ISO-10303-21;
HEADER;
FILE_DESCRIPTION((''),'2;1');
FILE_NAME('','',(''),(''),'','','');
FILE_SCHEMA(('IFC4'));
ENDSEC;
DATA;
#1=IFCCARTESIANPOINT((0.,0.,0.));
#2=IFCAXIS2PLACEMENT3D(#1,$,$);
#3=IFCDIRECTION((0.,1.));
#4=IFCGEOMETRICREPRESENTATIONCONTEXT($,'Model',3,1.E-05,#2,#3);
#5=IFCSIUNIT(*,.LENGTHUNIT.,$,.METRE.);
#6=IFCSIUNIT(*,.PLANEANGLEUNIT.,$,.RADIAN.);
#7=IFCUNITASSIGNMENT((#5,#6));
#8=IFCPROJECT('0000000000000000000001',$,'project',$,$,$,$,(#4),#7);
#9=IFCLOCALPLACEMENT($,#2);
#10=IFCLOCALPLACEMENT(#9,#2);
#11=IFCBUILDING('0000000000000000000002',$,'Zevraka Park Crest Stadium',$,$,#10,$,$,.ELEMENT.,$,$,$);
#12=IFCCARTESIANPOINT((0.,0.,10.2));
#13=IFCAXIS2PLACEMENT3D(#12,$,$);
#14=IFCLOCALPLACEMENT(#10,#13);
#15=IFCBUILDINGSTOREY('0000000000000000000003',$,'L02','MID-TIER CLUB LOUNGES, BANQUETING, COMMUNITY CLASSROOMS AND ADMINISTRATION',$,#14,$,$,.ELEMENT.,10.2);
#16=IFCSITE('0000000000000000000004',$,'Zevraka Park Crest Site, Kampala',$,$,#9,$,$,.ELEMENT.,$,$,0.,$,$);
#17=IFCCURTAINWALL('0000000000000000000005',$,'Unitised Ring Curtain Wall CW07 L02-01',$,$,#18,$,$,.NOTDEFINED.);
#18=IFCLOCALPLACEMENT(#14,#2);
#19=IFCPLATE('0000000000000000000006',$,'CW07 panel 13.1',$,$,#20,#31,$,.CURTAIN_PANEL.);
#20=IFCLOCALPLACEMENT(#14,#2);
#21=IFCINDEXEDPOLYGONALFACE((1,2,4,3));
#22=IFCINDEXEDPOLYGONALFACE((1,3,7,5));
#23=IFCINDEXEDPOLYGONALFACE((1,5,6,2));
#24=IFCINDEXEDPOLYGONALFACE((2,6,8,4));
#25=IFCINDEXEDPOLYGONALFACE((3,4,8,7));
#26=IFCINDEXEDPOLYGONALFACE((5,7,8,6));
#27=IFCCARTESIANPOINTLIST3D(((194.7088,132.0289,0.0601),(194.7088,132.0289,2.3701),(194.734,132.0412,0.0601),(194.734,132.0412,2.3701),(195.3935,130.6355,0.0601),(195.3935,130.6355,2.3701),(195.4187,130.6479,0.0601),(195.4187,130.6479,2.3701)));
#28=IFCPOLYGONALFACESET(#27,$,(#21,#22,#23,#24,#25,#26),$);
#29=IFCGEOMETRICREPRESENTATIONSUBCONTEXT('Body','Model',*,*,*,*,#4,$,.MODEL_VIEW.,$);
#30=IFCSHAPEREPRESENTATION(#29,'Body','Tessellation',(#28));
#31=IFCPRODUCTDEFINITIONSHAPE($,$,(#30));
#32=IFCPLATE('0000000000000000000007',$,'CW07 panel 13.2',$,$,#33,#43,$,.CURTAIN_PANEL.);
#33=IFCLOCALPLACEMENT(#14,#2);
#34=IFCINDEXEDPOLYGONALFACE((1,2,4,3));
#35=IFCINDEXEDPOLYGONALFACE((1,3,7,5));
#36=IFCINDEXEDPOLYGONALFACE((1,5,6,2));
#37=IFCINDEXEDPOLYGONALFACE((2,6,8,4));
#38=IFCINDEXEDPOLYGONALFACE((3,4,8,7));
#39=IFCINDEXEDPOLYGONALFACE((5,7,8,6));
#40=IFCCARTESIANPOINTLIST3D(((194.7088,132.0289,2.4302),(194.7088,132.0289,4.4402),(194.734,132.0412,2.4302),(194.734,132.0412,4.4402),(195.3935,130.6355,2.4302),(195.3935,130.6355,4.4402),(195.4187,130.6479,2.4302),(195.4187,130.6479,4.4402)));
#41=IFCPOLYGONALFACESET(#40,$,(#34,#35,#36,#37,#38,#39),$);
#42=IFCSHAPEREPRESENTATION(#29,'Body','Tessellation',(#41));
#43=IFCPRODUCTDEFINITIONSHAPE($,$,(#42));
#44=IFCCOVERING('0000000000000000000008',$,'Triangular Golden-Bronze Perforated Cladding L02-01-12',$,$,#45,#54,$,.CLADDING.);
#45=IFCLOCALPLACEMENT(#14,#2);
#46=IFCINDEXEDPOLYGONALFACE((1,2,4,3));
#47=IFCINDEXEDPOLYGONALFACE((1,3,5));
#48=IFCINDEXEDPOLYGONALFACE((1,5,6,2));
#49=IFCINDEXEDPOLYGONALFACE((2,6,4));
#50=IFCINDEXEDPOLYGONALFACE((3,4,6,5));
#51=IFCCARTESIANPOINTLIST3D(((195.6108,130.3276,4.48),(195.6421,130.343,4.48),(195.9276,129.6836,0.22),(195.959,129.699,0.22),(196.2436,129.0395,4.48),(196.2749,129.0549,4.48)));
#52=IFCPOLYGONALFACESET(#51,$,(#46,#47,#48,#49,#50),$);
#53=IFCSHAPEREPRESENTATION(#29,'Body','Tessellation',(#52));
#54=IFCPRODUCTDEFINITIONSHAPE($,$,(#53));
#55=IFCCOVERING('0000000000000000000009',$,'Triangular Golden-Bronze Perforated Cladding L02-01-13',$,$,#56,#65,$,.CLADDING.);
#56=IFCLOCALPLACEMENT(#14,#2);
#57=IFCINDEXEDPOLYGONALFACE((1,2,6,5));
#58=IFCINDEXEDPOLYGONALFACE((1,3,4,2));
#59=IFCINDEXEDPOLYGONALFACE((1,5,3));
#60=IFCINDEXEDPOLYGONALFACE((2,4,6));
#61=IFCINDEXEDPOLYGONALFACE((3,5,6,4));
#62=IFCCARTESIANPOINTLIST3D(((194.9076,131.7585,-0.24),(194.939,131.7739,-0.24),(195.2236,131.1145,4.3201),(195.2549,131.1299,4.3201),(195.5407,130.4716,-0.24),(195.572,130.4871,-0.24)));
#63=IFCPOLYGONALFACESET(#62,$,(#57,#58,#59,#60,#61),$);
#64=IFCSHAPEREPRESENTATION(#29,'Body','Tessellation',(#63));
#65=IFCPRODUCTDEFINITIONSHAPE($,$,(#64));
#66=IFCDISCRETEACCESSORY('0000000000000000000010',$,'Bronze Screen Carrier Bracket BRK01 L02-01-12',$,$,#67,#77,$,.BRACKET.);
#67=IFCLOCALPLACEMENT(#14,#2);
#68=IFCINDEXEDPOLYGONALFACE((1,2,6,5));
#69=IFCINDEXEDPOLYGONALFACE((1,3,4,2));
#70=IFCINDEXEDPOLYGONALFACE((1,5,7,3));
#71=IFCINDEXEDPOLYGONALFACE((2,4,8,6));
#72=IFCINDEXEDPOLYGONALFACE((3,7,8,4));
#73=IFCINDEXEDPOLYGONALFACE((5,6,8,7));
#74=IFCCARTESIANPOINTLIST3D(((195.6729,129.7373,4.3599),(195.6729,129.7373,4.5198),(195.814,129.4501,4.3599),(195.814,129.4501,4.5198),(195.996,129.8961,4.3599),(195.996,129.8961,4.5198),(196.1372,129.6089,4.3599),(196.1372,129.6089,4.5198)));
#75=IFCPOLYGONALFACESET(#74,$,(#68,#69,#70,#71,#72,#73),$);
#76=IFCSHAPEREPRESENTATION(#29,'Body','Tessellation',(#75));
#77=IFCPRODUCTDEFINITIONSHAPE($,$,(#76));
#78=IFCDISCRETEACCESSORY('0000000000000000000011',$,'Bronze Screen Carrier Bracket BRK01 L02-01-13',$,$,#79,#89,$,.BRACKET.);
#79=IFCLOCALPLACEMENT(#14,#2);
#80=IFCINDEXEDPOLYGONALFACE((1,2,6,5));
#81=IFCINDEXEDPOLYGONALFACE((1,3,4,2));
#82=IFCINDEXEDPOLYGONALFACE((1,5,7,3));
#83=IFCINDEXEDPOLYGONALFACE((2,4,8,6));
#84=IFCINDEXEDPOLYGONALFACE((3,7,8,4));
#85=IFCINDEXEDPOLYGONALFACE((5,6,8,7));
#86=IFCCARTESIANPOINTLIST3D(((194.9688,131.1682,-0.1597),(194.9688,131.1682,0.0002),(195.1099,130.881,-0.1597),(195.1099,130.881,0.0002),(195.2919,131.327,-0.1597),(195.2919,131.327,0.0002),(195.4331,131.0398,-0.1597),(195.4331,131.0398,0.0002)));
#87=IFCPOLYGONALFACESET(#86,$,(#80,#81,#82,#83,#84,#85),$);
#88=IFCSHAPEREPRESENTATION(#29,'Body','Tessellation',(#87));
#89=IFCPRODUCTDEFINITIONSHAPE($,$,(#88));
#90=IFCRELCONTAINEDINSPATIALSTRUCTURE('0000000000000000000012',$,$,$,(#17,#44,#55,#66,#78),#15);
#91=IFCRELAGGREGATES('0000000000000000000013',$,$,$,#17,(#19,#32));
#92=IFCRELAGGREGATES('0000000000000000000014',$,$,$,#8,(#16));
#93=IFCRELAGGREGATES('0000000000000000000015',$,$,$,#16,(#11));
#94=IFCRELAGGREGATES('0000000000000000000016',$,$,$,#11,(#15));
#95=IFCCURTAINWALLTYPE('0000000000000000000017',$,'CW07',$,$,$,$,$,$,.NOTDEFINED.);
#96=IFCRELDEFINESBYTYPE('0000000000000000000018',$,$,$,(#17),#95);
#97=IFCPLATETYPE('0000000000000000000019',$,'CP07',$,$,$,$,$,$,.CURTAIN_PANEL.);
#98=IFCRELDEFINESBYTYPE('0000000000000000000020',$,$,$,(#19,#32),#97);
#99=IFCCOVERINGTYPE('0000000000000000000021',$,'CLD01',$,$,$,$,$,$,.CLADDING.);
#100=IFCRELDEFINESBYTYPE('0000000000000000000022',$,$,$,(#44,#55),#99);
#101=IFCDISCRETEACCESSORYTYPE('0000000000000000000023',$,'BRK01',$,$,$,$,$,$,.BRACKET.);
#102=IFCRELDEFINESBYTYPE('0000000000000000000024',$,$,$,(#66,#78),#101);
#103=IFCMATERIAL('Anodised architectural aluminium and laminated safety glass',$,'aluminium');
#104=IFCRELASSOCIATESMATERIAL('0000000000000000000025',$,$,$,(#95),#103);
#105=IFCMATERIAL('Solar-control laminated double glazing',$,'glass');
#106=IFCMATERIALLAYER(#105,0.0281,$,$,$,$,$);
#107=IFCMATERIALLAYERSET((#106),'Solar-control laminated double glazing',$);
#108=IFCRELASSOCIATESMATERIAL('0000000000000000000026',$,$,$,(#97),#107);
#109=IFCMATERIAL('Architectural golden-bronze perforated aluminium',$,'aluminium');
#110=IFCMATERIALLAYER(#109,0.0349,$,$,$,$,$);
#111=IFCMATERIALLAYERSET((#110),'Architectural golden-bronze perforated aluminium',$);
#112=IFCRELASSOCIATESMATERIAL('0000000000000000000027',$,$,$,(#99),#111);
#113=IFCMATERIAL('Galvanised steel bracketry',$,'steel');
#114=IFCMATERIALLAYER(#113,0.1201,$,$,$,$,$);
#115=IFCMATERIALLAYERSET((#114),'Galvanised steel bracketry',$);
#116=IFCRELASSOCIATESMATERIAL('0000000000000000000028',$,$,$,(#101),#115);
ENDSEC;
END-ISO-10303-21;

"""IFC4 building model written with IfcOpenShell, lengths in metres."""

from ifc_helpers import new_model, si_unit, direction, frame, origin, origin_2d, place, context, subcontext, project, spatial, polyline, rectangle, outline, extrude, material, layer, layer_set, type_object, element, aggregate, save


model = new_model("IFC4")

# Units and contexts
model_context = context("Model", 3, precision=1e-05, world=origin(), true_north=direction((0.0, 1.0)))
body_context = subcontext(model_context, "Body", "Model", "MODEL_VIEW")
ifc_project = project(units=[si_unit("LENGTHUNIT", "METRE"), si_unit("PLANEANGLEUNIT", "RADIAN")], contexts=[model_context])

# Site, building, storey
site_placement = place(None, origin())
site = spatial("IfcSite", under=ifc_project, at=site_placement, Name="Zevraka Park Crest Site, Kampala", CompositionType="ELEMENT", RefElevation=0.0)
building_placement = place(site_placement, origin())
building = spatial("IfcBuilding", under=site, at=building_placement, Name="Zevraka Park Crest Stadium", CompositionType="ELEMENT")
storey_placement = place(building_placement, frame((0.0, 0.0, 10.2)))
storey = spatial("IfcBuildingStorey", under=building, at=storey_placement, Name="L02", Description="MID-TIER CLUB LOUNGES, BANQUETING, COMMUNITY CLASSROOMS AND ADMINISTRATION", CompositionType="ELEMENT", Elevation=10.2)

# Curtain wall
ifc_material_1 = material(Name="Anodised architectural aluminium and laminated safety glass", Category="aluminium")
curtain_wall_type_1 = type_object("IfcCurtainWallType", Name="CW07", PredefinedType="NOTDEFINED", material=ifc_material_1)
curtain_wall_1_placement = place(storey_placement, origin())
curtain_wall_1 = element("IfcCurtainWall", 1, at=curtain_wall_1_placement, inside=storey, type_object=curtain_wall_type_1, Name="Unitised Ring Curtain Wall CW07 L02-01", PredefinedType="NOTDEFINED")

# Plates
ifc_material_2 = material(Name="Solar-control laminated double glazing", Category="glass")
ifc_layer_1 = layer(ifc_material_2, 0.0281)
ifc_layer_set_1 = layer_set([ifc_layer_1], Name="Solar-control laminated double glazing")
plate_type = type_object("IfcPlateType", Name="CP07", PredefinedType="CURTAIN_PANEL", material=ifc_layer_set_1)
plate_1_placement = place(storey_placement, frame((195.0637, 131.3384, 0.0601), z_axis=(0.0, 0.0, 1.0), x_axis=(-0.441021, 0.897497, 0.0)))
plate_1 = element("IfcPlate", 2, at=plate_1_placement, type_object=plate_type, Name="CW07 panel 13.1", PredefinedType="CURTAIN_PANEL", context=body_context, shape_type="SweptSolid", body=[
    extrude(rectangle(XDim=1.5525, YDim=0.0281, at=origin_2d()), origin(), (0.0, 0.0, 1.0), 2.3101),
])
plate_2_placement = place(storey_placement, frame((195.0637, 131.3384, 2.4302), z_axis=(0.0, 0.0, 1.0), x_axis=(-0.441021, 0.897497, 0.0)))
plate_2 = element("IfcPlate", 3, at=plate_2_placement, type_object=plate_type, Name="CW07 panel 13.2", PredefinedType="CURTAIN_PANEL", context=body_context, shape_type="SweptSolid", body=[
    extrude(rectangle(XDim=1.5525, YDim=0.0281, at=origin_2d()), origin(), (0.0, 0.0, 1.0), 2.01),
])
aggregate(curtain_wall_1, [plate_1, plate_2])

# Coverings
ifc_material_3 = material(Name="Architectural golden-bronze perforated aluminium", Category="aluminium")
ifc_layer_2 = layer(ifc_material_3, 0.0349)
ifc_layer_set_2 = layer_set([ifc_layer_2], Name="Architectural golden-bronze perforated aluminium")
covering_type = type_object("IfcCoveringType", Name="CLD01", PredefinedType="CLADDING", material=ifc_layer_set_2)
covering_1_placement = place(storey_placement, frame((195.6421, 130.343, 4.48), z_axis=(0.897535, 0.440942, 0.000103), x_axis=(0.440942, -0.897535, 0.0)))
element("IfcCovering", 4, at=covering_1_placement, inside=storey, type_object=covering_type, Name="Triangular Golden-Bronze Perforated Cladding L02-01-12", PredefinedType="CLADDING", context=body_context, shape_type="SweptSolid", body=[
    extrude(outline(polyline([(0.0, 0.0), (1.4351, 0.0), (0.7178, 4.26), (0.0, 0.0)])), origin(), (0.0, 0.0, -1.0), 0.0349),
])
covering_2_placement = place(storey_placement, frame((195.572, 130.4871, -0.24), z_axis=(0.897302, 0.441416, 0.000179), x_axis=(-0.441416, 0.897302, 0.0)))
element("IfcCovering", 5, at=covering_2_placement, inside=storey, type_object=covering_type, Name="Triangular Golden-Bronze Perforated Cladding L02-01-13", PredefinedType="CLADDING", context=body_context, shape_type="SweptSolid", body=[
    extrude(outline(polyline([(0.0, 0.0), (1.4341, 0.0), (0.7168, 4.5601), (0.0, 0.0)])), origin(), (0.0, 0.0, -1.0), 0.0349),
])

# Discrete accessories
ifc_material_4 = material(Name="Galvanised steel bracketry", Category="steel")
ifc_layer_3 = layer(ifc_material_4, 0.1201)
ifc_layer_set_3 = layer_set([ifc_layer_3], Name="Galvanised steel bracketry")
discrete_accessory_type = type_object("IfcDiscreteAccessoryType", Name="BRK01", PredefinedType="BRACKET", material=ifc_layer_set_3)
for number, where, z_axis, x_axis, name in (
    (6, (195.905, 129.6731, 4.3599), (0.0, 0.0, 1.0), (-0.441036, 0.897489, 0.0), "Bronze Screen Carrier Bracket BRK01 L02-01-12"),
    (7, (195.2009, 131.104, -0.1597), (0.0, 0.0, 1.0), (-0.441036, 0.897489, 0.0), "Bronze Screen Carrier Bracket BRK01 L02-01-13"),
):
    element("IfcDiscreteAccessory", number, at=place(storey_placement, frame(where, z_axis=z_axis, x_axis=x_axis)), inside=storey, type_object=discrete_accessory_type, Name=name, PredefinedType="BRACKET", context=body_context, shape_type="SweptSolid", body=[
        extrude(rectangle(XDim=0.3201, YDim=0.3601, at=origin_2d()), origin(), (0.0, 0.0, 1.0), 0.1599),
    ])

save(model, "model.ifc")
